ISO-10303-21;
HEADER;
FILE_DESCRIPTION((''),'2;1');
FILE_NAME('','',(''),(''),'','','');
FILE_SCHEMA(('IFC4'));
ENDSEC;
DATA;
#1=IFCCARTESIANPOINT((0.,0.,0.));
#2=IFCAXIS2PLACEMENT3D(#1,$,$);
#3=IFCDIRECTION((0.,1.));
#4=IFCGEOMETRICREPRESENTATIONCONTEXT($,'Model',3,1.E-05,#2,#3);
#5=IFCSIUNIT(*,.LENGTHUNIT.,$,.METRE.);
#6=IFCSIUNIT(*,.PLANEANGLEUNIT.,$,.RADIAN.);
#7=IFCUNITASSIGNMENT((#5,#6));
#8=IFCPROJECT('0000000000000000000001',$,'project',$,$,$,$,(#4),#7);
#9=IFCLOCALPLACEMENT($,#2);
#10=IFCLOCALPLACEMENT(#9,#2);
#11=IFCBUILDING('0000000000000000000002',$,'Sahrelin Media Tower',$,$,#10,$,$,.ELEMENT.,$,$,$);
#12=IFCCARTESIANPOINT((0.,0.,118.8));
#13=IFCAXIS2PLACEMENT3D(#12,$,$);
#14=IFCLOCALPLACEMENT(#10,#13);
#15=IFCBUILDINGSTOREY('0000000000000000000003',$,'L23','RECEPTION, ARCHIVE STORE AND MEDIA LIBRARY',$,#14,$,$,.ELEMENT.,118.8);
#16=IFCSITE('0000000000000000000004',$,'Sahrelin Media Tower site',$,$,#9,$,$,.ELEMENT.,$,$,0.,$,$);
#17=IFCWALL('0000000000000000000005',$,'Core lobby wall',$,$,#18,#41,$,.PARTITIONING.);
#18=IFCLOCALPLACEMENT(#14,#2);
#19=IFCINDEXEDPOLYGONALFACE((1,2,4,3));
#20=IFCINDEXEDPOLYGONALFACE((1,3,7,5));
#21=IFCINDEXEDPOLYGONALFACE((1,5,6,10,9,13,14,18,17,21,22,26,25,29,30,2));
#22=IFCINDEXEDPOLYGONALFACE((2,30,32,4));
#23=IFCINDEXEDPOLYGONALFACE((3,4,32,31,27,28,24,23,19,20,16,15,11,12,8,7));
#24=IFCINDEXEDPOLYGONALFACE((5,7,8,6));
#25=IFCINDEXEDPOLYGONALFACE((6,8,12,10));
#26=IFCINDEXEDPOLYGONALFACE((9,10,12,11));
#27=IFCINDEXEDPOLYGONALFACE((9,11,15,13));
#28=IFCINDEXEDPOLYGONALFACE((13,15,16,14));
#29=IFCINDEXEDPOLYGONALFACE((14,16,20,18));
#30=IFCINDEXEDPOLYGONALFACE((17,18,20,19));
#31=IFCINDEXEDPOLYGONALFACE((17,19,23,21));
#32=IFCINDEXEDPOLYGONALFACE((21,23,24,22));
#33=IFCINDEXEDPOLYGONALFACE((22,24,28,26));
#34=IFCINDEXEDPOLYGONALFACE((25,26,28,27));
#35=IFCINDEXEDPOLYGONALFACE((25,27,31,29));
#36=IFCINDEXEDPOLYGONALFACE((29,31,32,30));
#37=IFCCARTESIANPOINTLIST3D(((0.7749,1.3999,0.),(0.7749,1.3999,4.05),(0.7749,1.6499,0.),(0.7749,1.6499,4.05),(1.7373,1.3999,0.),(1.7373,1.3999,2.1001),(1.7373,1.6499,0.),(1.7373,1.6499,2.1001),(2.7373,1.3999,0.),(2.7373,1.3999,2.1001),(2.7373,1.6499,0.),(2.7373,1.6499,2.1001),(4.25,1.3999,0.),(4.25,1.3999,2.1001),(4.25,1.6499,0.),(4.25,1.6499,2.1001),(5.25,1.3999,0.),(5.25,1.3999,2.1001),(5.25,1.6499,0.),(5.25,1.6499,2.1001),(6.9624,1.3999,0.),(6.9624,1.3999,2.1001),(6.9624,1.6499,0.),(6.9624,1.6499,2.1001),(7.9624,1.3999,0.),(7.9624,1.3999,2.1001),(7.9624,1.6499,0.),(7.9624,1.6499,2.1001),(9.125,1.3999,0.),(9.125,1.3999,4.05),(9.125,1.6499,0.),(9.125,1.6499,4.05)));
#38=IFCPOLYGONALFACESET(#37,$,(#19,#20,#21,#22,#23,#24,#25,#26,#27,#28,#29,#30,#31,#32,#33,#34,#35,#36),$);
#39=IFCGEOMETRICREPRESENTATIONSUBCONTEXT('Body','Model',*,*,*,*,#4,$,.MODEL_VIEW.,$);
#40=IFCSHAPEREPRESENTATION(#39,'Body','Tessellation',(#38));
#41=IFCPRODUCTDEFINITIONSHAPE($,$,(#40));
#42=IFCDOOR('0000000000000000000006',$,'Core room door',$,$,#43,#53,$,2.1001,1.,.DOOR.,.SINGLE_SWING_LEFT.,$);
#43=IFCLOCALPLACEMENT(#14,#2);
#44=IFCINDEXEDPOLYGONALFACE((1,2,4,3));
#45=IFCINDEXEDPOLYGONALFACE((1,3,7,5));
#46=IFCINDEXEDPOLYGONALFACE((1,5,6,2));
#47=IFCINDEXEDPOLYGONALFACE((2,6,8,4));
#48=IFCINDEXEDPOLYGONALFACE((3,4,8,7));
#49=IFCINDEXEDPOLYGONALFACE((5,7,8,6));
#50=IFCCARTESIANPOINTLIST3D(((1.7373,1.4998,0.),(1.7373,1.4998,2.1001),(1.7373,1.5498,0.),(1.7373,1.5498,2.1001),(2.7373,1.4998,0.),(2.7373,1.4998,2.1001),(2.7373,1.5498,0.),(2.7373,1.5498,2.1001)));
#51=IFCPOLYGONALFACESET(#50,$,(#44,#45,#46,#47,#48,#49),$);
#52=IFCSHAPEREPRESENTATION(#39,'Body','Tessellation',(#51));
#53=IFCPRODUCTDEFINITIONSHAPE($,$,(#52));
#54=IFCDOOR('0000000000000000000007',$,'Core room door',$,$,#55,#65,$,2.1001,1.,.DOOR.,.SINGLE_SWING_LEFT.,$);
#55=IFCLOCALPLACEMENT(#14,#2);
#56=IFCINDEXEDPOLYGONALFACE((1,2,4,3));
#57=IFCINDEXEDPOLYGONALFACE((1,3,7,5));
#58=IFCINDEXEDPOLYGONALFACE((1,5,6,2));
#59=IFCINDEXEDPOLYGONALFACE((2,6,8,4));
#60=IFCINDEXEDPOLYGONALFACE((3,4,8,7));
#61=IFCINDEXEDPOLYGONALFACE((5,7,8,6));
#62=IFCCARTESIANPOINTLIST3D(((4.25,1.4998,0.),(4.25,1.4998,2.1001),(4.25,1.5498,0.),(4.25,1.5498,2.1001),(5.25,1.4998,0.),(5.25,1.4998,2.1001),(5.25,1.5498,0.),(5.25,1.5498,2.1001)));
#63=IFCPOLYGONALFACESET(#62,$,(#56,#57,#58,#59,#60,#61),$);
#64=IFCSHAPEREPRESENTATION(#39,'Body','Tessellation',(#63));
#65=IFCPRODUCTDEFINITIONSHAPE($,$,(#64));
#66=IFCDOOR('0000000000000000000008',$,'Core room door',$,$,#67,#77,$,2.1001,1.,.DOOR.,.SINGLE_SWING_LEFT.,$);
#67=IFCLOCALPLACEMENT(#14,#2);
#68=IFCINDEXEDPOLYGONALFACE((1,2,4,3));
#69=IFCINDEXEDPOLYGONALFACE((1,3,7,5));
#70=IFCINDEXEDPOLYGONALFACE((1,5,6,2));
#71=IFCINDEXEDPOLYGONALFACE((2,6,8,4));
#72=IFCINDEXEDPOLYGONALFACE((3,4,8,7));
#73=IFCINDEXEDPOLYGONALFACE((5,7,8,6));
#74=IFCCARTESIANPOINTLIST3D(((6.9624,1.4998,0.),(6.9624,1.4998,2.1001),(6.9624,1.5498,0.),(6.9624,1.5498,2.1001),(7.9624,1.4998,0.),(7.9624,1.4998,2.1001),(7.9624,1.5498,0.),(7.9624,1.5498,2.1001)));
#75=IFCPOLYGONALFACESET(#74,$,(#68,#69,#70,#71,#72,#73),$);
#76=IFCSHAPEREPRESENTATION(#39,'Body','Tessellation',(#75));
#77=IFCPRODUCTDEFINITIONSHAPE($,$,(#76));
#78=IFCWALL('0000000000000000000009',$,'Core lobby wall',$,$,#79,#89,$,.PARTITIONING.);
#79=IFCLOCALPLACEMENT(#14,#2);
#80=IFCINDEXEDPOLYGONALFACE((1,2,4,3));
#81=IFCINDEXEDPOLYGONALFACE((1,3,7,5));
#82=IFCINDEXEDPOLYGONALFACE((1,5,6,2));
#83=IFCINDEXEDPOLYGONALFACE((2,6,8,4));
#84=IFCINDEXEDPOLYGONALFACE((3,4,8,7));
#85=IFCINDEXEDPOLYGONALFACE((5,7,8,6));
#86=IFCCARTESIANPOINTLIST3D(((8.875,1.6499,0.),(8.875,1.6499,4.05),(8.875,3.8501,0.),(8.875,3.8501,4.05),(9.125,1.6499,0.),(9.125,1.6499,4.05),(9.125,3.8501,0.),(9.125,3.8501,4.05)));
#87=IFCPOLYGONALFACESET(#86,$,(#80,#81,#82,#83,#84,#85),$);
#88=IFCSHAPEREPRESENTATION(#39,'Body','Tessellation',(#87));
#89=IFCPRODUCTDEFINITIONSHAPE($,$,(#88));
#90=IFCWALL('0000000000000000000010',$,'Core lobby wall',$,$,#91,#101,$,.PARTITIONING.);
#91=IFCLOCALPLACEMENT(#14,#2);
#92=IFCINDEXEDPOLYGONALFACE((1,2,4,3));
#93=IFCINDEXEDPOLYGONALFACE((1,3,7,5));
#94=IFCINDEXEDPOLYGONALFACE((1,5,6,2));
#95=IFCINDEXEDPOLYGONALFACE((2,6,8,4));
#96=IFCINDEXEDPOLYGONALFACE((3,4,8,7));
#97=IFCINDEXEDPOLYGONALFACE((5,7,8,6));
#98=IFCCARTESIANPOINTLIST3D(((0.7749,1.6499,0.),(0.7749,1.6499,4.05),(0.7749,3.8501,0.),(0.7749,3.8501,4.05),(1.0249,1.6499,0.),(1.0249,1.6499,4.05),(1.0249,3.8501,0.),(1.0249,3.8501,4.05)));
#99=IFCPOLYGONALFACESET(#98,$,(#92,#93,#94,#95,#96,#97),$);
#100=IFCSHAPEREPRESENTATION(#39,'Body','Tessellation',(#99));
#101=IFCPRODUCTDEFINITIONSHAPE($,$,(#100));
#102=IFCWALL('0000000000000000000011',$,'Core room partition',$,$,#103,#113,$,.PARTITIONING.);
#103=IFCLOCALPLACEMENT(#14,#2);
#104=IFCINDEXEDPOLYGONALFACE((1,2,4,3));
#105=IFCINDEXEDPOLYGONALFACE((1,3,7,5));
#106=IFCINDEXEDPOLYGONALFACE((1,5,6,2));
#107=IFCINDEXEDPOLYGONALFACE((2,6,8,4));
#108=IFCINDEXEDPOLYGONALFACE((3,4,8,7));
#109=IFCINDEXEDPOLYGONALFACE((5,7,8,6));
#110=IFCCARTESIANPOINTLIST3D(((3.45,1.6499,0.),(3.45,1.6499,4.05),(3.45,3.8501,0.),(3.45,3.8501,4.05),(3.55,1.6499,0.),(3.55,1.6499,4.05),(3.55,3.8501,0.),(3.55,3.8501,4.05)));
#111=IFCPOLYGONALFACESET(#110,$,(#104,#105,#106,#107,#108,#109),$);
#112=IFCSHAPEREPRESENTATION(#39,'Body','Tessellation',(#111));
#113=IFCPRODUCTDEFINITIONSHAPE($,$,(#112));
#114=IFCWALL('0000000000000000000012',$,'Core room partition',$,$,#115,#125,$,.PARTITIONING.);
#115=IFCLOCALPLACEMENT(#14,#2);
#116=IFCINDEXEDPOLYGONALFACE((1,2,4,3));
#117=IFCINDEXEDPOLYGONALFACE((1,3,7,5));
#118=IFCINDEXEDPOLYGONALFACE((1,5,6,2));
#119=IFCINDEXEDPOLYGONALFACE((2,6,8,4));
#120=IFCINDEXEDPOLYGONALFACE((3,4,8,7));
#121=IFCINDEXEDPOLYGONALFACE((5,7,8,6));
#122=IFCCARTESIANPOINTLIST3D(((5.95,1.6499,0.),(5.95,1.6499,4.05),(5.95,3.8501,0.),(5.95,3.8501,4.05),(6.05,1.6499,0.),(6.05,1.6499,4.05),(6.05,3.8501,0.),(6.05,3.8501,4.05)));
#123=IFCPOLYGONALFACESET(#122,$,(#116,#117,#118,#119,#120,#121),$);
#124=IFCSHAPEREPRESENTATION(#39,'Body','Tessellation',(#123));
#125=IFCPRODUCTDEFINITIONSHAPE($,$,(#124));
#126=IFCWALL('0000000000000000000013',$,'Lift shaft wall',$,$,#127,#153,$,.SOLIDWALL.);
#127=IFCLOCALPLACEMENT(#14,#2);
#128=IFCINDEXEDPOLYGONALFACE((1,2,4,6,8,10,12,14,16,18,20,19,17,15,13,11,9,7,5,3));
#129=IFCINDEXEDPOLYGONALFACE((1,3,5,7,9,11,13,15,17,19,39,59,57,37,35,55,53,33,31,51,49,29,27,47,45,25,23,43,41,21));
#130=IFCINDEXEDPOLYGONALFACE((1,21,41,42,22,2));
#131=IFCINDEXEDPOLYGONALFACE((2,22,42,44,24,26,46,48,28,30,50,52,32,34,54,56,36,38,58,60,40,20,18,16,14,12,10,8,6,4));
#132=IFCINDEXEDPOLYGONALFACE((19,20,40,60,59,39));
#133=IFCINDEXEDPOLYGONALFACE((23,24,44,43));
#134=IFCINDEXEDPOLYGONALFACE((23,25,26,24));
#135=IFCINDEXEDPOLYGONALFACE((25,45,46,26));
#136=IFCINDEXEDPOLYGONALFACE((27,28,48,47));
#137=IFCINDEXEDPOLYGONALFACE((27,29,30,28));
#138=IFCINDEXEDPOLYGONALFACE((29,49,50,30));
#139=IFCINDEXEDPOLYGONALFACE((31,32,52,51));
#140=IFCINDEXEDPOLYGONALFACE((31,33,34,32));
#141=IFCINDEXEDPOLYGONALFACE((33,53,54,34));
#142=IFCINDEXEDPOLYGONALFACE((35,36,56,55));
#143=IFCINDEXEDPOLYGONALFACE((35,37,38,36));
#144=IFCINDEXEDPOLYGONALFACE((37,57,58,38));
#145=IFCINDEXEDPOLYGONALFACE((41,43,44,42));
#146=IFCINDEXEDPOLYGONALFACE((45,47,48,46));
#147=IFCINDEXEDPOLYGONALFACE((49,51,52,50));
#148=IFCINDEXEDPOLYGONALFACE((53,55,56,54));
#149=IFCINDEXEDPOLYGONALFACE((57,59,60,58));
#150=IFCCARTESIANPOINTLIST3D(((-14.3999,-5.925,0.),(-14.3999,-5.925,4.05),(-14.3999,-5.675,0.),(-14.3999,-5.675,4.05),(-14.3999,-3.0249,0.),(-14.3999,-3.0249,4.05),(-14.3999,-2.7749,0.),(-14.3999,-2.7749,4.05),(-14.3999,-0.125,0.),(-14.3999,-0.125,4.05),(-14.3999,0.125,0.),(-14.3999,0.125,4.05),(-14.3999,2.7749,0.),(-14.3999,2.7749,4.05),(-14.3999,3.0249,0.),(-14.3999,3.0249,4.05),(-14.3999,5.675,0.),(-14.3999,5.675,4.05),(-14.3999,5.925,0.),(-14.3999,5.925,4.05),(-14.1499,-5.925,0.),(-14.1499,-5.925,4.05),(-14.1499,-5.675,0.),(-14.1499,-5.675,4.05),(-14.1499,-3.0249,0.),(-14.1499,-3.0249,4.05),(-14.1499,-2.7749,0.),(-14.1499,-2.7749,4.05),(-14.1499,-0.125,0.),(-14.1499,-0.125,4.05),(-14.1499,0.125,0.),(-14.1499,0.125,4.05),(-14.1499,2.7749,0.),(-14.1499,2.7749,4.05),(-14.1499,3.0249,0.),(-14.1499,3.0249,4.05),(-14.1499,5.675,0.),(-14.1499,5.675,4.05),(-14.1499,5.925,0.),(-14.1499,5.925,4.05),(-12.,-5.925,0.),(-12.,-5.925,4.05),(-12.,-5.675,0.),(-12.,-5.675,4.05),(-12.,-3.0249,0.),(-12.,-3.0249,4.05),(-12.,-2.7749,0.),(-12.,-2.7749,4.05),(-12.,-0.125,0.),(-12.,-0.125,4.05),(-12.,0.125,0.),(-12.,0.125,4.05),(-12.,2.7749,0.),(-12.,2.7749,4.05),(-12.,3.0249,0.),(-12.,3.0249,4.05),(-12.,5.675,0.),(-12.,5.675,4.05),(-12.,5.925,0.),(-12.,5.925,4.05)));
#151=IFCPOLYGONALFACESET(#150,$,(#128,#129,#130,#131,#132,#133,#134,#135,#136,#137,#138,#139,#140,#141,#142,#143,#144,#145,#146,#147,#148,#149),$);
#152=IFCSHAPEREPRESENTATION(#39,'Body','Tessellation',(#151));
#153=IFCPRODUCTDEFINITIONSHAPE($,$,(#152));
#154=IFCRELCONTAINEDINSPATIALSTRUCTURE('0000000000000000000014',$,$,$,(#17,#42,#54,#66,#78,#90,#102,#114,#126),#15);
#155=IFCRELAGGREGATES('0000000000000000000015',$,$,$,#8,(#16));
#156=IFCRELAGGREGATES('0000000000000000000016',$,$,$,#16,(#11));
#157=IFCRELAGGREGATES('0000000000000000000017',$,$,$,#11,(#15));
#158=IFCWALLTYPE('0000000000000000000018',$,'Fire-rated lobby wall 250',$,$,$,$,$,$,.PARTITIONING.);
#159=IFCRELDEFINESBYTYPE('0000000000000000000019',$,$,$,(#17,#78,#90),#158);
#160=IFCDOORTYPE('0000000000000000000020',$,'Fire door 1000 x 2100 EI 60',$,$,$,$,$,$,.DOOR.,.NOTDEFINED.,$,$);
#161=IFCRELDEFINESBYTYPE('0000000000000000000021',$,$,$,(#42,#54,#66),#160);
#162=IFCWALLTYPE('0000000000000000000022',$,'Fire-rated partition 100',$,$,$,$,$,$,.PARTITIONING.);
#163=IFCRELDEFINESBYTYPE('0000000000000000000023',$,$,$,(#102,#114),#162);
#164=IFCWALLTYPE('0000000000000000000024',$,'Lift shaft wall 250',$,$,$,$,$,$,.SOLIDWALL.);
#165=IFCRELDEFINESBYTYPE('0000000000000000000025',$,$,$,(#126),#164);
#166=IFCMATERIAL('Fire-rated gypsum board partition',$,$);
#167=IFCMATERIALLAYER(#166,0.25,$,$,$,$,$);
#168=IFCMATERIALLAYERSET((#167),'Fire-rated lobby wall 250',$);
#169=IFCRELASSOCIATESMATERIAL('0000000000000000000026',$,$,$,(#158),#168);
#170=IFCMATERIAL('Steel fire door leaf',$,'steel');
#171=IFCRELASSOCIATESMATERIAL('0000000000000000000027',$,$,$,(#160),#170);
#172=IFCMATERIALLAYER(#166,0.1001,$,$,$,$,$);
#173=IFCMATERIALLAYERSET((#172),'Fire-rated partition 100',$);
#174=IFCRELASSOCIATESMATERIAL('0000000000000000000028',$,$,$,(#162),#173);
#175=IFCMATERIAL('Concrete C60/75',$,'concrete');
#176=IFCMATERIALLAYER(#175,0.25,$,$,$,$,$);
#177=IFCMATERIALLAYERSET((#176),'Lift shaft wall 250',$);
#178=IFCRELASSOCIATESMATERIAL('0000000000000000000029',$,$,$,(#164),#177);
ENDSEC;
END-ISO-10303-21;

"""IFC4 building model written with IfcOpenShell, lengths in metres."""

from ifc_helpers import new_model, si_unit, direction, frame, frame_2d, origin, place, context, subcontext, project, spatial, polyline, rectangle, outline, extrude, material, layer, layer_set, type_object, element, fill, save


model = new_model("IFC4")

# Units and contexts
model_context = context("Model", 3, precision=1e-05, world=origin(), true_north=direction((0.0, 1.0)))
body_context = subcontext(model_context, "Body", "Model", "MODEL_VIEW")
ifc_project = project(units=[si_unit("LENGTHUNIT", "METRE"), si_unit("PLANEANGLEUNIT", "RADIAN")], contexts=[model_context])

# Site, building, storey
site_placement = place(None, origin())
site = spatial("IfcSite", under=ifc_project, at=site_placement, Name="Sahrelin Media Tower site", CompositionType="ELEMENT", RefElevation=0.0)
building_placement = place(site_placement, origin())
building = spatial("IfcBuilding", under=site, at=building_placement, Name="Sahrelin Media Tower", CompositionType="ELEMENT")
storey_placement = place(building_placement, frame((0.0, 0.0, 118.8)))
storey = spatial("IfcBuildingStorey", under=building, at=storey_placement, Name="L23", Description="RECEPTION, ARCHIVE STORE AND MEDIA LIBRARY", CompositionType="ELEMENT", Elevation=118.8)

# Shared definitions
placement_1 = place(storey_placement, origin())

# Wall, openings, doors
ifc_material_1 = material(Name="Fire-rated gypsum board partition")
ifc_layer_1 = layer(ifc_material_1, 0.25)
ifc_layer_set_1 = layer_set([ifc_layer_1], Name="Fire-rated lobby wall 250")
wall_type_1 = type_object("IfcWallType", Name="Fire-rated lobby wall 250", PredefinedType="PARTITIONING", material=ifc_layer_set_1)
wall_1_placement = place(storey_placement, frame((0.7749, 1.5249, 0.0), z_axis=(0.0, 0.0, 1.0), x_axis=(1.0, 0.0, 0.0)))
wall_1 = element("IfcWall", 1, at=wall_1_placement, inside=storey, type_object=wall_type_1, Name="Core lobby wall", PredefinedType="PARTITIONING", context=body_context, shape_type="SweptSolid", body=[
    extrude(rectangle(XDim=8.3501, YDim=0.25, at=frame_2d((4.175, 0.0))), origin(), (0.0, 0.0, 1.0), 4.05),
])
opening_1_placement = place(wall_1_placement, frame((0.9624, 0.0, 0.0)))
opening_1 = element("IfcOpeningElement", 2, at=opening_1_placement, cuts=wall_1, PredefinedType="OPENING", context=body_context, shape_type="SweptSolid", body=[
    extrude(rectangle(XDim=1.0, YDim=2.1001, at=frame_2d((0.5, 1.05))), frame((0.0, 0.125, 0.0), z_axis=(0.0, -1.0, 0.0), x_axis=(1.0, 0.0, 0.0)), (0.0, 0.0, 1.0), 0.25),
])
opening_2_placement = place(wall_1_placement, frame((3.4751, 0.0, 0.0)))
opening_2 = element("IfcOpeningElement", 3, at=opening_2_placement, cuts=wall_1, PredefinedType="OPENING", context=body_context, shape_type="SweptSolid", body=[
    extrude(rectangle(XDim=1.0, YDim=2.1001, at=frame_2d((0.5, 1.05))), frame((0.0, 0.125, 0.0), z_axis=(0.0, -1.0, 0.0), x_axis=(1.0, 0.0, 0.0)), (0.0, 0.0, 1.0), 0.25),
])
opening_3_placement = place(wall_1_placement, frame((6.1875, 0.0, 0.0)))
opening_3 = element("IfcOpeningElement", 4, at=opening_3_placement, cuts=wall_1, PredefinedType="OPENING", context=body_context, shape_type="SweptSolid", body=[
    extrude(rectangle(XDim=1.0, YDim=2.1001, at=frame_2d((0.5, 1.05))), frame((0.0, 0.125, 0.0), z_axis=(0.0, -1.0, 0.0), x_axis=(1.0, 0.0, 0.0)), (0.0, 0.0, 1.0), 0.25),
])
ifc_material_2 = material(Name="Steel fire door leaf", Category="steel")
door_type_1 = type_object("IfcDoorType", Name="Fire door 1000 x 2100 EI 60", OperationType="NOTDEFINED", PredefinedType="DOOR", material=ifc_material_2)
door_1_placement = place(opening_1_placement, origin())
door_1 = element("IfcDoor", 5, at=door_1_placement, inside=storey, type_object=door_type_1, Name="Core room door", OperationType="SINGLE_SWING_LEFT", OverallHeight=2.1001, OverallWidth=1.0, PredefinedType="DOOR", context=body_context, shape_type="SweptSolid", body=[
    extrude(rectangle(XDim=1.0, YDim=2.1001, at=frame_2d((0.5, 1.05))), frame((0.0, 0.0249, 0.0), z_axis=(0.0, -1.0, 0.0), x_axis=(1.0, 0.0, 0.0)), (0.0, 0.0, 1.0), 0.05),
])
fill(opening_1, door_1)
door_2_placement = place(opening_2_placement, origin())
door_2 = element("IfcDoor", 6, at=door_2_placement, inside=storey, type_object=door_type_1, Name="Core room door", OperationType="SINGLE_SWING_LEFT", OverallHeight=2.1001, OverallWidth=1.0, PredefinedType="DOOR", context=body_context, shape_type="SweptSolid", body=[
    extrude(rectangle(XDim=1.0, YDim=2.1001, at=frame_2d((0.5, 1.05))), frame((0.0, 0.0249, 0.0), z_axis=(0.0, -1.0, 0.0), x_axis=(1.0, 0.0, 0.0)), (0.0, 0.0, 1.0), 0.05),
])
fill(opening_2, door_2)
door_3_placement = place(opening_3_placement, origin())
door_3 = element("IfcDoor", 7, at=door_3_placement, inside=storey, type_object=door_type_1, Name="Core room door", OperationType="SINGLE_SWING_LEFT", OverallHeight=2.1001, OverallWidth=1.0, PredefinedType="DOOR", context=body_context, shape_type="SweptSolid", body=[
    extrude(rectangle(XDim=1.0, YDim=2.1001, at=frame_2d((0.5, 1.05))), frame((0.0, 0.0249, 0.0), z_axis=(0.0, -1.0, 0.0), x_axis=(1.0, 0.0, 0.0)), (0.0, 0.0, 1.0), 0.05),
])
fill(opening_3, door_3)

# Walls
for number, where, z_axis, x_axis, name in (
    (8, (9.0, 1.6499, 0.0), (0.0, 0.0, 1.0), (0.0, 1.0, 0.0), "Core lobby wall"),
    (9, (0.8999, 1.6499, 0.0), (0.0, 0.0, 1.0), (0.0, 1.0, 0.0), "Core lobby wall"),
):
    element("IfcWall", number, at=place(storey_placement, frame(where, z_axis=z_axis, x_axis=x_axis)), inside=storey, type_object=wall_type_1, Name=name, PredefinedType="PARTITIONING", context=body_context, shape_type="SweptSolid", body=[
        extrude(rectangle(XDim=2.2002, YDim=0.25, at=frame_2d((1.1001, 0.0))), origin(), (0.0, 0.0, 1.0), 4.05),
    ])
ifc_layer_2 = layer(ifc_material_1, 0.1001)
ifc_layer_set_2 = layer_set([ifc_layer_2], Name="Fire-rated partition 100")
wall_type_2 = type_object("IfcWallType", Name="Fire-rated partition 100", PredefinedType="PARTITIONING", material=ifc_layer_set_2)
for number, where, z_axis, x_axis, name in (
    (10, (3.5, 1.6499, 0.0), (0.0, 0.0, 1.0), (0.0, 1.0, 0.0), "Core room partition"),
    (11, (6.0, 1.6499, 0.0), (0.0, 0.0, 1.0), (0.0, 1.0, 0.0), "Core room partition"),
):
    element("IfcWall", number, at=place(storey_placement, frame(where, z_axis=z_axis, x_axis=x_axis)), inside=storey, type_object=wall_type_2, Name=name, PredefinedType="PARTITIONING", context=body_context, shape_type="SweptSolid", body=[
        extrude(rectangle(XDim=2.2002, YDim=0.1001, at=frame_2d((1.1001, 0.0))), origin(), (0.0, 0.0, 1.0), 4.05),
    ])
ifc_material_3 = material(Name="Concrete C60/75", Category="concrete")
ifc_layer_3 = layer(ifc_material_3, 0.25)
ifc_layer_set_3 = layer_set([ifc_layer_3], Name="Lift shaft wall 250")
wall_type_3 = type_object("IfcWallType", Name="Lift shaft wall 250", PredefinedType="SOLIDWALL", material=ifc_layer_set_3)
element("IfcWall", 12, at=placement_1, inside=storey, type_object=wall_type_3, Name="Lift shaft wall", PredefinedType="SOLIDWALL", context=body_context, shape_type="SweptSolid", body=[
    extrude(outline(polyline([(-12.0, -5.925), (-12.0, -5.675), (-14.1499, -5.675), (-14.1499, -3.0249), (-12.0, -3.0249), (-12.0, -2.7749), (-14.1499, -2.7749), (-14.1499, -0.125), (-12.0, -0.125), (-12.0, 0.125), (-14.1499, 0.125), (-14.1499, 2.7749), (-12.0, 2.7749), (-12.0, 3.0249), (-14.1499, 3.0249), (-14.1499, 5.675), (-12.0, 5.675), (-12.0, 5.925), (-14.1499, 5.925), (-14.3999, 5.925), (-14.3999, 5.675), (-14.3999, 3.0249), (-14.3999, 2.7749), (-14.3999, 0.125), (-14.3999, -0.125), (-14.3999, -2.7749), (-14.3999, -3.0249), (-14.3999, -5.675), (-14.3999, -5.925), (-14.1499, -5.925), (-12.0, -5.925)])), origin(), (0.0, 0.0, 1.0), 4.05),
])

save(model, "model.ifc")
